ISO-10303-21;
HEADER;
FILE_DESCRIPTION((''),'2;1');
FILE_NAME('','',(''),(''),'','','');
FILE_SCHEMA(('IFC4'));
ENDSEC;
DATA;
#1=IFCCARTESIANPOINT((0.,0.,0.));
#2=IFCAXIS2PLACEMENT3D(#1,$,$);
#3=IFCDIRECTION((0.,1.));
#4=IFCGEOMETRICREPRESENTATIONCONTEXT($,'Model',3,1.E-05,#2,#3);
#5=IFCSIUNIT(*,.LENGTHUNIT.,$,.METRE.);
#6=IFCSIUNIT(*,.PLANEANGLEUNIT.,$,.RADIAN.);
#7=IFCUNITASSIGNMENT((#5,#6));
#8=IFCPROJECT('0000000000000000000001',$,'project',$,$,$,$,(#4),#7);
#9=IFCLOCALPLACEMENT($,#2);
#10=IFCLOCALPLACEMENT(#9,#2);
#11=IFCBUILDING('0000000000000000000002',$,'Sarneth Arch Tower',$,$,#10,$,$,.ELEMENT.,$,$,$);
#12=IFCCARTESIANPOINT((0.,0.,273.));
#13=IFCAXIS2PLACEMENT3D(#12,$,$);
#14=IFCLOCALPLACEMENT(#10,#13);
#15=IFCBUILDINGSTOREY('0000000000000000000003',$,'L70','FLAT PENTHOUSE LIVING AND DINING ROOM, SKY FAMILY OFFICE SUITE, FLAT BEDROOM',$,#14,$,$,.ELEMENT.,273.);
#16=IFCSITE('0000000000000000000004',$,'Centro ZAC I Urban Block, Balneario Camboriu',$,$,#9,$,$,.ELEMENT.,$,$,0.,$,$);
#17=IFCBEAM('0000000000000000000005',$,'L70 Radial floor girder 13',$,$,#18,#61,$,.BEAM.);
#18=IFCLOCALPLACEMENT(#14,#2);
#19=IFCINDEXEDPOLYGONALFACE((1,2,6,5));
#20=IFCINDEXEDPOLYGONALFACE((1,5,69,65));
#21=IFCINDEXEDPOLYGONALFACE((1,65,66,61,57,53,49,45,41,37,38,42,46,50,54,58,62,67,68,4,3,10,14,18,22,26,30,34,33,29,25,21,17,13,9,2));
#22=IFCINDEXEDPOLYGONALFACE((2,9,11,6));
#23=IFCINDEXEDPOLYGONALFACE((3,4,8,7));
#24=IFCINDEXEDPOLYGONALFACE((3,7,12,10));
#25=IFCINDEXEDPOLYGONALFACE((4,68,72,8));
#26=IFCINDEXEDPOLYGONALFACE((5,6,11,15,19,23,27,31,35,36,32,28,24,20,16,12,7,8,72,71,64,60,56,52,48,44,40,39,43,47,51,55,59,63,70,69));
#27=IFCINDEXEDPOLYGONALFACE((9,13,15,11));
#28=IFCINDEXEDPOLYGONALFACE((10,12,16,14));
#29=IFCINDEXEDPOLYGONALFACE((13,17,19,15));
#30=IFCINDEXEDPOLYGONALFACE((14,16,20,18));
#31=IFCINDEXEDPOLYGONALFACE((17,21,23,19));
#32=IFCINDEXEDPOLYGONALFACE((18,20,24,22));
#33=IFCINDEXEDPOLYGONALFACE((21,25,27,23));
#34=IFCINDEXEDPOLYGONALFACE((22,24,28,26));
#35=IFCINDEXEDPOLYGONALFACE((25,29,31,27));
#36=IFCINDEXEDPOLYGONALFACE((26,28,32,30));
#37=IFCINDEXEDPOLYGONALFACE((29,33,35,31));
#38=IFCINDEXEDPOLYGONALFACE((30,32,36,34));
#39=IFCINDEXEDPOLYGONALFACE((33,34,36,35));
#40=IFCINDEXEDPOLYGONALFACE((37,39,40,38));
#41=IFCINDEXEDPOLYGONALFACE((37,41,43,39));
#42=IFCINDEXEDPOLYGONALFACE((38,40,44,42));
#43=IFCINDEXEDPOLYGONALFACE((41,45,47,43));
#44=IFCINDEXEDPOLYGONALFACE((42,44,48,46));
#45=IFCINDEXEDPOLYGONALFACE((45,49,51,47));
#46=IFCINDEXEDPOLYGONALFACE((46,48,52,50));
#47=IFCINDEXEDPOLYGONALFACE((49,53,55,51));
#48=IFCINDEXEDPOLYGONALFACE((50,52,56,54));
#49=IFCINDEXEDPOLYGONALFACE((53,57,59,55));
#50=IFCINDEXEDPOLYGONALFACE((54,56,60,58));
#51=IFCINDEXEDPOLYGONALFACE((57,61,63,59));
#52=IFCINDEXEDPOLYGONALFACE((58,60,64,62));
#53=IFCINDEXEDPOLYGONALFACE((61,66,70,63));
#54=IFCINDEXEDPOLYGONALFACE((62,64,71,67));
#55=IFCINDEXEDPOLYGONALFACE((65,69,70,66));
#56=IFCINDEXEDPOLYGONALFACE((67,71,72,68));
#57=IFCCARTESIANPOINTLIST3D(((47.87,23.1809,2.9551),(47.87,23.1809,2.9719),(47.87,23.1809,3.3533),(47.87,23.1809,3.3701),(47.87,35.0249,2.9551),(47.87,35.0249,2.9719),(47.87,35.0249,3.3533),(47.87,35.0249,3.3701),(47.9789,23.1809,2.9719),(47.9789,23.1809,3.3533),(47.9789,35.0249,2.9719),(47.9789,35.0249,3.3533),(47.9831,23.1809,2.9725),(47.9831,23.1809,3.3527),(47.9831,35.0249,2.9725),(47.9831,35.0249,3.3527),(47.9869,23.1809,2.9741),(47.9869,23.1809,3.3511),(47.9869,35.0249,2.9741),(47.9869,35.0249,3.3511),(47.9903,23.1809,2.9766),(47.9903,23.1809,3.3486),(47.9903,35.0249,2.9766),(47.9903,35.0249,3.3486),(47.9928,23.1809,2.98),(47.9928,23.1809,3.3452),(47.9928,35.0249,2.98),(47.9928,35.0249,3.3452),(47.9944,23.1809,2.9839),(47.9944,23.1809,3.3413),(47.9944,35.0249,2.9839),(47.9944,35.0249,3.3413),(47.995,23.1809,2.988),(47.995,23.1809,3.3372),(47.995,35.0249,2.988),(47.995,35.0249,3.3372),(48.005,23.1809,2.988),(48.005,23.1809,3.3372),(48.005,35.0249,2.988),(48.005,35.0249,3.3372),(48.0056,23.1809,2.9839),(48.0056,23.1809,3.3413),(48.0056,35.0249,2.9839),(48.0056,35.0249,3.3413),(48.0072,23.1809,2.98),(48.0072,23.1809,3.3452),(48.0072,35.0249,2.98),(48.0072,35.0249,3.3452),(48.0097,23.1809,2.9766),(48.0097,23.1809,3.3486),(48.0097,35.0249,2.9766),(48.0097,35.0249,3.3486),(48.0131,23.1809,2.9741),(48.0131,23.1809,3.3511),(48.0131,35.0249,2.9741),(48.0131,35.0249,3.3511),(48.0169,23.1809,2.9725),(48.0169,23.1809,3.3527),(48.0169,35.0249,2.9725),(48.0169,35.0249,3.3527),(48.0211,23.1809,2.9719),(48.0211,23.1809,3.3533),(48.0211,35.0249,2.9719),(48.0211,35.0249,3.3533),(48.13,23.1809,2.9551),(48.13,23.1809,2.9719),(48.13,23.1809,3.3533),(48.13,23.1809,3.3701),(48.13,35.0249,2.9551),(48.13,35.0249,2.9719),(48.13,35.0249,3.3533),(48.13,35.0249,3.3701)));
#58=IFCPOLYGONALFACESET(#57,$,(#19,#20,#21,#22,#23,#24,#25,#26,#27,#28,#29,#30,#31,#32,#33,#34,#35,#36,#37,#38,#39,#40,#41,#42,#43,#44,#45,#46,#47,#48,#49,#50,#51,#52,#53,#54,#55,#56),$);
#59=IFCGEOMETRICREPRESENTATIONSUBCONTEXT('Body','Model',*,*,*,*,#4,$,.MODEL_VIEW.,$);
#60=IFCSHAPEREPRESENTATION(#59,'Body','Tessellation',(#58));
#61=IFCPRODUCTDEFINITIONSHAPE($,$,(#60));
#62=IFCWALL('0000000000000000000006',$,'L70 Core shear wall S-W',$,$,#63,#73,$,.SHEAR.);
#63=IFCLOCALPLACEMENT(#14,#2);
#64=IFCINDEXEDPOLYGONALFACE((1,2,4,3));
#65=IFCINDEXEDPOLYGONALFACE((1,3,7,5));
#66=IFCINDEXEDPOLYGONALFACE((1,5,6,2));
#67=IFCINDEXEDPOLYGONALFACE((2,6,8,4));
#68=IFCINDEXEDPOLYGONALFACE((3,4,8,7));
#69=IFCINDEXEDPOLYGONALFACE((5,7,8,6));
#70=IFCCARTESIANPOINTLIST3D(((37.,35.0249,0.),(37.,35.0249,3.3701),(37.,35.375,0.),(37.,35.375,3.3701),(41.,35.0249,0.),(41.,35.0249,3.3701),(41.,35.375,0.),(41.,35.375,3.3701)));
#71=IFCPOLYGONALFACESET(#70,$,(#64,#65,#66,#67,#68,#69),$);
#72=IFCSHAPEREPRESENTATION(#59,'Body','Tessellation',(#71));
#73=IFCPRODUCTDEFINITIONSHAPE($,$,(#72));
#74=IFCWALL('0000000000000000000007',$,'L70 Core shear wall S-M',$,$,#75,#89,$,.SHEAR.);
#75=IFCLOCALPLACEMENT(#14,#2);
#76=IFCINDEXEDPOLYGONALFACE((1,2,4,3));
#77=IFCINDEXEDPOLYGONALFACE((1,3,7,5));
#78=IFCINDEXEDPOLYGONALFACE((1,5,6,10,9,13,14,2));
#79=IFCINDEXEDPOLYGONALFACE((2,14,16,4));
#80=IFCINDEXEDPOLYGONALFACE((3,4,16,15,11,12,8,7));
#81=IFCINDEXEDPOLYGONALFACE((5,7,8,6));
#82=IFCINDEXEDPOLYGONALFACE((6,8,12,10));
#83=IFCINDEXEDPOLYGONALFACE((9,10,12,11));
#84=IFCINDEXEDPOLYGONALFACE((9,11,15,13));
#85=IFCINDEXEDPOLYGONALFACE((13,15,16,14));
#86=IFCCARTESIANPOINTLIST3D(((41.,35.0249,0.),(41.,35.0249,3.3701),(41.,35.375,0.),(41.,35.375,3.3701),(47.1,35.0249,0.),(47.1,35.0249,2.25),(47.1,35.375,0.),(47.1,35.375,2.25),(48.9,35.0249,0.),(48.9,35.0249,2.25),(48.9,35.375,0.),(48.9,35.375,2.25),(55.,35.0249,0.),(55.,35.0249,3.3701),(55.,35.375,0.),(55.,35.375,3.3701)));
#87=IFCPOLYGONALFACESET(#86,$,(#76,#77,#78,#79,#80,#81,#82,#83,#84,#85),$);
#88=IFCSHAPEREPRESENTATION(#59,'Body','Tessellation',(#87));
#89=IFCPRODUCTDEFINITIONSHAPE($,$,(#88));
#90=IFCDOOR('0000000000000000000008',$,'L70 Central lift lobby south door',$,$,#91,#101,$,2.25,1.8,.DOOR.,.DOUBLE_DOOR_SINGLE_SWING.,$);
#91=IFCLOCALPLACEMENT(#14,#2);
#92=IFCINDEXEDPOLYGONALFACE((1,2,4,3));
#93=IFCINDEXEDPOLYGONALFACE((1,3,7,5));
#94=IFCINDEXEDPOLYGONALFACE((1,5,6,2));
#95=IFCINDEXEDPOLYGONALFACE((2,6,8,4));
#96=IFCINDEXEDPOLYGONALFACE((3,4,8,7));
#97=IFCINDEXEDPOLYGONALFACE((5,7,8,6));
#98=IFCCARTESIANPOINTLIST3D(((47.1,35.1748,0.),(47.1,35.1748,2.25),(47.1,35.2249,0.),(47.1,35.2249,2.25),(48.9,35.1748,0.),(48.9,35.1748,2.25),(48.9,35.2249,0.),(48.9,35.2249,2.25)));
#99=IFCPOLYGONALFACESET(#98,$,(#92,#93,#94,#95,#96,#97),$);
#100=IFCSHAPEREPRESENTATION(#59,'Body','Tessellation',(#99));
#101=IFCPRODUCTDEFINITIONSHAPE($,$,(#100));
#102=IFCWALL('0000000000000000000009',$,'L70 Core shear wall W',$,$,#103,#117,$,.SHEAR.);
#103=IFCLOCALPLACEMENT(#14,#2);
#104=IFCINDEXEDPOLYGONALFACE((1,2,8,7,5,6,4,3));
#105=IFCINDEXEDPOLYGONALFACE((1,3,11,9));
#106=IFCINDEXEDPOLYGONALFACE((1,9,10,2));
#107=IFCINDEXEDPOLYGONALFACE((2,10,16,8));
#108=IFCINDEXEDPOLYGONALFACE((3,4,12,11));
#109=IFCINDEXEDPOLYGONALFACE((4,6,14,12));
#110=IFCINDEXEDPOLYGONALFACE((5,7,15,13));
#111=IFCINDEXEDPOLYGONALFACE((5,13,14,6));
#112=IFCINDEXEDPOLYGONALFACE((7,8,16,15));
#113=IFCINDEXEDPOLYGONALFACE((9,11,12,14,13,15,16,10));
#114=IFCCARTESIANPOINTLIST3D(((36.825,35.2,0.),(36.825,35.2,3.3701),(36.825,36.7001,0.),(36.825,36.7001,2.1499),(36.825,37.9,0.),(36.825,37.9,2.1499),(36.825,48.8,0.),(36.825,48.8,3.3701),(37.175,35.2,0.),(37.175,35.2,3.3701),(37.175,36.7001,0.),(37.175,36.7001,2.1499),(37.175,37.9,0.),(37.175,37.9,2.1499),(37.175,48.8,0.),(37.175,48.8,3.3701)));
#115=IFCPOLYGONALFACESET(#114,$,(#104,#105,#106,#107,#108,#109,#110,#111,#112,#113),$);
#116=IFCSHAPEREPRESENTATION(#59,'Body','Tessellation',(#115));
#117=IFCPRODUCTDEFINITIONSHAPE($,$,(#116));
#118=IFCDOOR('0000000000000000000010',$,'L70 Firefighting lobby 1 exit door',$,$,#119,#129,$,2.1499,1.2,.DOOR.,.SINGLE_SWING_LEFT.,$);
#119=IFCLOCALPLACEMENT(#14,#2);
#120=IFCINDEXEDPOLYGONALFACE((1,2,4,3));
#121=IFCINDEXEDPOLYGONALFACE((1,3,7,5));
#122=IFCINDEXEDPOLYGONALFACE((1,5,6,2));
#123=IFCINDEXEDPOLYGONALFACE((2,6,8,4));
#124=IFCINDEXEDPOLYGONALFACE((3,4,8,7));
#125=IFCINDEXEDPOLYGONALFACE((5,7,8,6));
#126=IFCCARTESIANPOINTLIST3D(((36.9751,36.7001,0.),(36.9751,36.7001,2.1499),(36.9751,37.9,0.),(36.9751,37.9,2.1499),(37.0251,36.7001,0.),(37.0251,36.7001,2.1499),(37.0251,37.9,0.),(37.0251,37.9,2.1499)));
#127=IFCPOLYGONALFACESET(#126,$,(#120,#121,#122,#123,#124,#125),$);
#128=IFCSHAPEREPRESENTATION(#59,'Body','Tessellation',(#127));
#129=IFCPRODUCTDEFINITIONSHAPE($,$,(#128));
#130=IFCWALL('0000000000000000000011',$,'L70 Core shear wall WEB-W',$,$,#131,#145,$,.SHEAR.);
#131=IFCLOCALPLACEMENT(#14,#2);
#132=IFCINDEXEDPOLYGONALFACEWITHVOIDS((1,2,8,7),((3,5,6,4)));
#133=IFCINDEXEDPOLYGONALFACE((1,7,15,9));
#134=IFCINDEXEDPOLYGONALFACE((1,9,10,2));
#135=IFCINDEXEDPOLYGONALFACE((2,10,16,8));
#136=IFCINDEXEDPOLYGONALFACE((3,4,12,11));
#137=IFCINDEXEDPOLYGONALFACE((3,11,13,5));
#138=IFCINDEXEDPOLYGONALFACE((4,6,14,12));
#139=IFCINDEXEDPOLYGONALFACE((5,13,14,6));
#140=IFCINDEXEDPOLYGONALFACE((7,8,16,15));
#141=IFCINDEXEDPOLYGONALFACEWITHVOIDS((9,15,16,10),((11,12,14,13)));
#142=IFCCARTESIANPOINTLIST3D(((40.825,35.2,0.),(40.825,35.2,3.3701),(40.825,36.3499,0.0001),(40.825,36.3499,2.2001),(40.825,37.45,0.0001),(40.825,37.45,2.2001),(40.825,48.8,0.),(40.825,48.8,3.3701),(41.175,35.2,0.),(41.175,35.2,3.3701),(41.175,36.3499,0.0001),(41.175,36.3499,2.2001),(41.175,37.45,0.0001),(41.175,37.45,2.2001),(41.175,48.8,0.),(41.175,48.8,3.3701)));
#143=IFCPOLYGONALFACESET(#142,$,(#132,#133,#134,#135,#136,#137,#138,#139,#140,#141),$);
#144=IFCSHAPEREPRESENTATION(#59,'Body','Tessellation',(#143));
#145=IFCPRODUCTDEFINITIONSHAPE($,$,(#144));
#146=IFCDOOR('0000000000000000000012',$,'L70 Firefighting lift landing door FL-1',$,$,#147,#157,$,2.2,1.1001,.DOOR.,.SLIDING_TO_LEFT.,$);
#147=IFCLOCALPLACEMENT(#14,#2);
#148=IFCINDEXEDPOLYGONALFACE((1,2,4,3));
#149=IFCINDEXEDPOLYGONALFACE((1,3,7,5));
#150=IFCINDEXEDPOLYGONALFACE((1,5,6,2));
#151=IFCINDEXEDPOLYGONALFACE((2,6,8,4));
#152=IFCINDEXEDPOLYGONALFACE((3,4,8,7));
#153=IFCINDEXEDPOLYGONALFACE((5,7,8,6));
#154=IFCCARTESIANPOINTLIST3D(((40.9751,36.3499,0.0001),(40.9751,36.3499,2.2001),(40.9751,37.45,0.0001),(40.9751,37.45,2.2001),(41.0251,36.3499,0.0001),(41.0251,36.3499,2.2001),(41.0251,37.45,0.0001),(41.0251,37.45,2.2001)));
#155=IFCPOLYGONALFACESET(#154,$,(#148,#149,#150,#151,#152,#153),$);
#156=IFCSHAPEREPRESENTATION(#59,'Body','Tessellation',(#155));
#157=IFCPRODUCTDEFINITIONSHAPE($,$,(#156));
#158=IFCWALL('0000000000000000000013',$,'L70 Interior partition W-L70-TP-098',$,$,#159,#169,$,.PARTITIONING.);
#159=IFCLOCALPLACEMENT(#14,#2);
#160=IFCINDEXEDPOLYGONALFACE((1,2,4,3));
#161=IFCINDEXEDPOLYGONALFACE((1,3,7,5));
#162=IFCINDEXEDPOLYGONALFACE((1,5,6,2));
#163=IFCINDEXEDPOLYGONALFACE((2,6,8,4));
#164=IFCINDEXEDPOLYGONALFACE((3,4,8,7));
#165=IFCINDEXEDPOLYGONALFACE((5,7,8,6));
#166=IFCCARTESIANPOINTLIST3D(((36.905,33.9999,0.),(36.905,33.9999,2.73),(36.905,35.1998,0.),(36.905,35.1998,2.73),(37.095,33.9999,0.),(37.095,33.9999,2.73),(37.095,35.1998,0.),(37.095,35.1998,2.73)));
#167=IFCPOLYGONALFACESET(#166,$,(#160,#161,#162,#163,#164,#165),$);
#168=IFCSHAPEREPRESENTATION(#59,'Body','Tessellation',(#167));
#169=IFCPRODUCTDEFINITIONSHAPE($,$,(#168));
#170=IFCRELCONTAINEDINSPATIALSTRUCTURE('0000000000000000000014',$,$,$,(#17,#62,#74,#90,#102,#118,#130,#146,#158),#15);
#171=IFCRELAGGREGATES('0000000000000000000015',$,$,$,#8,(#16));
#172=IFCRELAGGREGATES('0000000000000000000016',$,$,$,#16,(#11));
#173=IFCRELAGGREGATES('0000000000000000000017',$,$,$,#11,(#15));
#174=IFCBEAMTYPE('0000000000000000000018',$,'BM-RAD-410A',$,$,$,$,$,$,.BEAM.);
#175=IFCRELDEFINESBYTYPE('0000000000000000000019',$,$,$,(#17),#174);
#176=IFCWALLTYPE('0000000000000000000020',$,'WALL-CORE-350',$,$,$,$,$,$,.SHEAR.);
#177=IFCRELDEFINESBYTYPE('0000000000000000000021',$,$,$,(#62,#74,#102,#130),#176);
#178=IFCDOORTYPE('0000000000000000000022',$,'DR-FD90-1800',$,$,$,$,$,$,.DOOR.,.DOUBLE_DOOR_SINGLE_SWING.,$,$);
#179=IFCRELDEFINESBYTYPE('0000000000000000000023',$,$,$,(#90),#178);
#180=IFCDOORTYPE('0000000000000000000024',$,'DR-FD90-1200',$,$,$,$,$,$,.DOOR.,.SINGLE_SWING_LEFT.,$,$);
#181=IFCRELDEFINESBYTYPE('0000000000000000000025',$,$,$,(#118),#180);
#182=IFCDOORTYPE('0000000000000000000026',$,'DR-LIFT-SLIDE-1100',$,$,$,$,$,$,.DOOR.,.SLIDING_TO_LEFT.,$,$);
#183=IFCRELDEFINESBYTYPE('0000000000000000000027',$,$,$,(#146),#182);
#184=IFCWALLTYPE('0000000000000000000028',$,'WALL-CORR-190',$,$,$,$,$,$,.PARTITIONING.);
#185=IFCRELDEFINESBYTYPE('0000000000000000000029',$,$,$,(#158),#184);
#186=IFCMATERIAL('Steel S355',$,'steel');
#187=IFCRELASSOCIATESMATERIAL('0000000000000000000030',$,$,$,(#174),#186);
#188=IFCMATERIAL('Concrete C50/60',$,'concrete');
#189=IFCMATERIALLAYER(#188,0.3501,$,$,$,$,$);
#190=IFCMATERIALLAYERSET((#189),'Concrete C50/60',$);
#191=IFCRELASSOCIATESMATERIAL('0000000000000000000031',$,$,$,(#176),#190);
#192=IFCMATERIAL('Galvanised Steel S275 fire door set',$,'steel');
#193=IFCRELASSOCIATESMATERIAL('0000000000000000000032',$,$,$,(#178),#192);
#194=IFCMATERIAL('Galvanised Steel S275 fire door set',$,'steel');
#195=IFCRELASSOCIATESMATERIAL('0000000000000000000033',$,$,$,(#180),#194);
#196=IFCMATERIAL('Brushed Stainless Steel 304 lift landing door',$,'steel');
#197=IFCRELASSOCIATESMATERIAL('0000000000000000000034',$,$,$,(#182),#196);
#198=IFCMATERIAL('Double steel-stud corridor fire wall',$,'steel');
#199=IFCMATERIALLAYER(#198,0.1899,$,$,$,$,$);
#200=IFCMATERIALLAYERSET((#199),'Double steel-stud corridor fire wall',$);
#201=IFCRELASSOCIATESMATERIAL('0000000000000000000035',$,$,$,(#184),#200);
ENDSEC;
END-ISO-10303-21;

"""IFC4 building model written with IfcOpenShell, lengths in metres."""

from ifc_helpers import new_model, si_unit, direction, frame, frame_2d, origin, origin_2d, place, context, subcontext, project, spatial, rectangle, i_section, extrude, material, layer, layer_set, material_profile, profile_set, type_object, element, fill, save


model = new_model("IFC4")

# Units and contexts
model_context = context("Model", 3, precision=1e-05, world=origin(), true_north=direction((0.0, 1.0)))
body_context = subcontext(model_context, "Body", "Model", "MODEL_VIEW")
ifc_project = project(units=[si_unit("LENGTHUNIT", "METRE"), si_unit("PLANEANGLEUNIT", "RADIAN")], contexts=[model_context])

# Site, building, storey
site_placement = place(None, origin())
site = spatial("IfcSite", under=ifc_project, at=site_placement, Name="Centro ZAC I Urban Block, Balneario Camboriu", CompositionType="ELEMENT", RefElevation=0.0)
building_placement = place(site_placement, origin())
building = spatial("IfcBuilding", under=site, at=building_placement, Name="Sarneth Arch Tower", CompositionType="ELEMENT")
storey_placement = place(building_placement, frame((0.0, 0.0, 273.0)))
storey = spatial("IfcBuildingStorey", under=building, at=storey_placement, Name="L70", Description="FLAT PENTHOUSE LIVING AND DINING ROOM, SKY FAMILY OFFICE SUITE, FLAT BEDROOM", CompositionType="ELEMENT", Elevation=273.0)

# Beam
ifc_material_1 = material(Name="Steel S355", Category="steel")
ifc_material_profile_1 = material_profile(ifc_material_1, i_section(OverallWidth=0.26, OverallDepth=0.415, WebThickness=0.01, FlangeThickness=0.0168, FilletRadius=0.0161, at=origin_2d()), Name="W410x100")
ifc_profile_set_1 = profile_set([ifc_material_profile_1], Name="Steel S355")
beam_type_1 = type_object("IfcBeamType", Name="BM-RAD-410A", PredefinedType="BEAM", material=ifc_profile_set_1)
beam_1_placement = place(storey_placement, frame((48.0, 35.0249, 3.1626), z_axis=(0.0, -1.0, 0.0), x_axis=(1.0, 0.0, 0.0)))
element("IfcBeam", 1, at=beam_1_placement, inside=storey, type_object=beam_type_1, Name="L70 Radial floor girder 13", PredefinedType="BEAM", context=body_context, shape_type="SweptSolid", body=[
    extrude(i_section(OverallWidth=0.26, OverallDepth=0.415, WebThickness=0.01, FlangeThickness=0.0168, FilletRadius=0.0161, at=origin_2d()), origin(), (0.0, 0.0, 1.0), 11.844),
])

# Wall
ifc_material_2 = material(Name="Concrete C50/60", Category="concrete")
ifc_layer_1 = layer(ifc_material_2, 0.3501)
ifc_layer_set_1 = layer_set([ifc_layer_1], Name="Concrete C50/60")
wall_type_1 = type_object("IfcWallType", Name="WALL-CORE-350", PredefinedType="SHEAR", material=ifc_layer_set_1)
wall_1_placement = place(storey_placement, frame((37.0, 35.2, 0.0), z_axis=(0.0, 0.0, 1.0), x_axis=(1.0, 0.0, 0.0)))
element("IfcWall", 2, at=wall_1_placement, inside=storey, type_object=wall_type_1, Name="L70 Core shear wall S-W", PredefinedType="SHEAR", context=body_context, shape_type="SweptSolid", body=[
    extrude(rectangle(XDim=4.0, YDim=0.3501, at=frame_2d((2.0, 0.0))), origin(), (0.0, 0.0, 1.0), 3.3701),
])

# Walls, openings, doors
wall_2_placement = place(storey_placement, frame((41.0, 35.2, 0.0), z_axis=(0.0, 0.0, 1.0), x_axis=(1.0, 0.0, 0.0)))
wall_2 = element("IfcWall", 3, at=wall_2_placement, inside=storey, type_object=wall_type_1, Name="L70 Core shear wall S-M", PredefinedType="SHEAR", context=body_context, shape_type="SweptSolid", body=[
    extrude(rectangle(XDim=14.0, YDim=0.3501, at=frame_2d((7.0, 0.0))), origin(), (0.0, 0.0, 1.0), 3.3701),
])
opening_1_placement = place(wall_2_placement, frame((6.1001, 0.0, 0.0)))
opening_1 = element("IfcOpeningElement", 4, at=opening_1_placement, cuts=wall_2, PredefinedType="OPENING", context=body_context, shape_type="SweptSolid", body=[
    extrude(rectangle(XDim=1.8, YDim=2.25, at=frame_2d((0.8999, 1.125))), frame((0.0, 0.1851, 0.0), z_axis=(0.0, -1.0, 0.0), x_axis=(1.0, 0.0, 0.0)), (0.0, 0.0, 1.0), 0.3701),
])
ifc_material_3 = material(Name="Galvanised Steel S275 fire door set", Category="steel")
door_type_1 = type_object("IfcDoorType", Name="DR-FD90-1800", OperationType="DOUBLE_DOOR_SINGLE_SWING", PredefinedType="DOOR", material=ifc_material_3)
door_1_placement = place(opening_1_placement, origin())
door_1 = element("IfcDoor", 5, at=door_1_placement, inside=storey, type_object=door_type_1, Name="L70 Central lift lobby south door", OperationType="DOUBLE_DOOR_SINGLE_SWING", OverallHeight=2.25, OverallWidth=1.8, PredefinedType="DOOR", context=body_context, shape_type="SweptSolid", body=[
    extrude(rectangle(XDim=1.8, YDim=2.25, at=frame_2d((0.8999, 1.125))), frame((0.0, 0.0249, 0.0), z_axis=(0.0, -1.0, 0.0), x_axis=(1.0, 0.0, 0.0)), (0.0, 0.0, 1.0), 0.05),
])
fill(opening_1, door_1)
wall_3_placement = place(storey_placement, frame((37.0, 35.2, 0.0), z_axis=(0.0, 0.0, 1.0), x_axis=(0.0, 1.0, 0.0)))
wall_3 = element("IfcWall", 6, at=wall_3_placement, inside=storey, type_object=wall_type_1, Name="L70 Core shear wall W", PredefinedType="SHEAR", context=body_context, shape_type="SweptSolid", body=[
    extrude(rectangle(XDim=13.6001, YDim=0.3501, at=frame_2d((6.8, 0.0))), origin(), (0.0, 0.0, 1.0), 3.3701),
])
opening_2_placement = place(wall_3_placement, frame((1.5, 0.0, 0.0)))
opening_2 = element("IfcOpeningElement", 7, at=opening_2_placement, cuts=wall_3, PredefinedType="OPENING", context=body_context, shape_type="SweptSolid", body=[
    extrude(rectangle(XDim=1.2, YDim=2.1499, at=frame_2d((0.6001, 1.075))), frame((0.0, 0.1851, 0.0), z_axis=(0.0, -1.0, 0.0), x_axis=(1.0, 0.0, 0.0)), (0.0, 0.0, 1.0), 0.3701),
])
ifc_material_4 = material(Name="Galvanised Steel S275 fire door set", Category="steel")
door_type_2 = type_object("IfcDoorType", Name="DR-FD90-1200", OperationType="SINGLE_SWING_LEFT", PredefinedType="DOOR", material=ifc_material_4)
door_2_placement = place(opening_2_placement, origin())
door_2 = element("IfcDoor", 8, at=door_2_placement, inside=storey, type_object=door_type_2, Name="L70 Firefighting lobby 1 exit door", OperationType="SINGLE_SWING_LEFT", OverallHeight=2.1499, OverallWidth=1.2, PredefinedType="DOOR", context=body_context, shape_type="SweptSolid", body=[
    extrude(rectangle(XDim=1.2, YDim=2.1499, at=frame_2d((0.6001, 1.075))), frame((0.0, 0.0249, 0.0), z_axis=(0.0, -1.0, 0.0), x_axis=(1.0, 0.0, 0.0)), (0.0, 0.0, 1.0), 0.05),
])
fill(opening_2, door_2)
wall_4_placement = place(storey_placement, frame((41.0, 35.2, 0.0), z_axis=(0.0, 0.0, 1.0), x_axis=(0.0, 1.0, 0.0)))
wall_4 = element("IfcWall", 9, at=wall_4_placement, inside=storey, type_object=wall_type_1, Name="L70 Core shear wall WEB-W", PredefinedType="SHEAR", context=body_context, shape_type="SweptSolid", body=[
    extrude(rectangle(XDim=13.6001, YDim=0.3501, at=frame_2d((6.8, 0.0))), origin(), (0.0, 0.0, 1.0), 3.3701),
])
opening_3_placement = place(wall_4_placement, frame((1.1499, 0.0, 0.0)))
opening_3 = element("IfcOpeningElement", 10, at=opening_3_placement, cuts=wall_4, PredefinedType="OPENING", context=body_context, shape_type="SweptSolid", body=[
    extrude(rectangle(XDim=1.1001, YDim=2.2, at=frame_2d((0.55, 1.1001))), frame((0.0, 0.1851, 0.0), z_axis=(0.0, -1.0, 0.0), x_axis=(1.0, 0.0, 0.0)), (0.0, 0.0, 1.0), 0.3701),
])
ifc_material_5 = material(Name="Brushed Stainless Steel 304 lift landing door", Category="steel")
door_type_3 = type_object("IfcDoorType", Name="DR-LIFT-SLIDE-1100", OperationType="SLIDING_TO_LEFT", PredefinedType="DOOR", material=ifc_material_5)
door_3_placement = place(opening_3_placement, origin())
door_3 = element("IfcDoor", 11, at=door_3_placement, inside=storey, type_object=door_type_3, Name="L70 Firefighting lift landing door FL-1", OperationType="SLIDING_TO_LEFT", OverallHeight=2.2, OverallWidth=1.1001, PredefinedType="DOOR", context=body_context, shape_type="SweptSolid", body=[
    extrude(rectangle(XDim=1.1001, YDim=2.2, at=frame_2d((0.55, 1.1001))), frame((0.0, 0.0249, 0.0), z_axis=(0.0, -1.0, 0.0), x_axis=(1.0, 0.0, 0.0)), (0.0, 0.0, 1.0), 0.05),
])
fill(opening_3, door_3)

# Wall
ifc_material_6 = material(Name="Double steel-stud corridor fire wall", Category="steel")
ifc_layer_2 = layer(ifc_material_6, 0.1899)
ifc_layer_set_2 = layer_set([ifc_layer_2], Name="Double steel-stud corridor fire wall")
wall_type_2 = type_object("IfcWallType", Name="WALL-CORR-190", PredefinedType="PARTITIONING", material=ifc_layer_set_2)
wall_5_placement = place(storey_placement, frame((37.0, 35.2, 0.0), z_axis=(0.0, 0.0, 1.0), x_axis=(0.0, -1.0, 0.0)))
element("IfcWall", 12, at=wall_5_placement, inside=storey, type_object=wall_type_2, Name="L70 Interior partition W-L70-TP-098", PredefinedType="PARTITIONING", context=body_context, shape_type="SweptSolid", body=[
    extrude(rectangle(XDim=1.2, YDim=0.1899, at=frame_2d((0.6001, 0.0))), origin(), (0.0, 0.0, 1.0), 2.73),
])

save(model, "model.ifc")
